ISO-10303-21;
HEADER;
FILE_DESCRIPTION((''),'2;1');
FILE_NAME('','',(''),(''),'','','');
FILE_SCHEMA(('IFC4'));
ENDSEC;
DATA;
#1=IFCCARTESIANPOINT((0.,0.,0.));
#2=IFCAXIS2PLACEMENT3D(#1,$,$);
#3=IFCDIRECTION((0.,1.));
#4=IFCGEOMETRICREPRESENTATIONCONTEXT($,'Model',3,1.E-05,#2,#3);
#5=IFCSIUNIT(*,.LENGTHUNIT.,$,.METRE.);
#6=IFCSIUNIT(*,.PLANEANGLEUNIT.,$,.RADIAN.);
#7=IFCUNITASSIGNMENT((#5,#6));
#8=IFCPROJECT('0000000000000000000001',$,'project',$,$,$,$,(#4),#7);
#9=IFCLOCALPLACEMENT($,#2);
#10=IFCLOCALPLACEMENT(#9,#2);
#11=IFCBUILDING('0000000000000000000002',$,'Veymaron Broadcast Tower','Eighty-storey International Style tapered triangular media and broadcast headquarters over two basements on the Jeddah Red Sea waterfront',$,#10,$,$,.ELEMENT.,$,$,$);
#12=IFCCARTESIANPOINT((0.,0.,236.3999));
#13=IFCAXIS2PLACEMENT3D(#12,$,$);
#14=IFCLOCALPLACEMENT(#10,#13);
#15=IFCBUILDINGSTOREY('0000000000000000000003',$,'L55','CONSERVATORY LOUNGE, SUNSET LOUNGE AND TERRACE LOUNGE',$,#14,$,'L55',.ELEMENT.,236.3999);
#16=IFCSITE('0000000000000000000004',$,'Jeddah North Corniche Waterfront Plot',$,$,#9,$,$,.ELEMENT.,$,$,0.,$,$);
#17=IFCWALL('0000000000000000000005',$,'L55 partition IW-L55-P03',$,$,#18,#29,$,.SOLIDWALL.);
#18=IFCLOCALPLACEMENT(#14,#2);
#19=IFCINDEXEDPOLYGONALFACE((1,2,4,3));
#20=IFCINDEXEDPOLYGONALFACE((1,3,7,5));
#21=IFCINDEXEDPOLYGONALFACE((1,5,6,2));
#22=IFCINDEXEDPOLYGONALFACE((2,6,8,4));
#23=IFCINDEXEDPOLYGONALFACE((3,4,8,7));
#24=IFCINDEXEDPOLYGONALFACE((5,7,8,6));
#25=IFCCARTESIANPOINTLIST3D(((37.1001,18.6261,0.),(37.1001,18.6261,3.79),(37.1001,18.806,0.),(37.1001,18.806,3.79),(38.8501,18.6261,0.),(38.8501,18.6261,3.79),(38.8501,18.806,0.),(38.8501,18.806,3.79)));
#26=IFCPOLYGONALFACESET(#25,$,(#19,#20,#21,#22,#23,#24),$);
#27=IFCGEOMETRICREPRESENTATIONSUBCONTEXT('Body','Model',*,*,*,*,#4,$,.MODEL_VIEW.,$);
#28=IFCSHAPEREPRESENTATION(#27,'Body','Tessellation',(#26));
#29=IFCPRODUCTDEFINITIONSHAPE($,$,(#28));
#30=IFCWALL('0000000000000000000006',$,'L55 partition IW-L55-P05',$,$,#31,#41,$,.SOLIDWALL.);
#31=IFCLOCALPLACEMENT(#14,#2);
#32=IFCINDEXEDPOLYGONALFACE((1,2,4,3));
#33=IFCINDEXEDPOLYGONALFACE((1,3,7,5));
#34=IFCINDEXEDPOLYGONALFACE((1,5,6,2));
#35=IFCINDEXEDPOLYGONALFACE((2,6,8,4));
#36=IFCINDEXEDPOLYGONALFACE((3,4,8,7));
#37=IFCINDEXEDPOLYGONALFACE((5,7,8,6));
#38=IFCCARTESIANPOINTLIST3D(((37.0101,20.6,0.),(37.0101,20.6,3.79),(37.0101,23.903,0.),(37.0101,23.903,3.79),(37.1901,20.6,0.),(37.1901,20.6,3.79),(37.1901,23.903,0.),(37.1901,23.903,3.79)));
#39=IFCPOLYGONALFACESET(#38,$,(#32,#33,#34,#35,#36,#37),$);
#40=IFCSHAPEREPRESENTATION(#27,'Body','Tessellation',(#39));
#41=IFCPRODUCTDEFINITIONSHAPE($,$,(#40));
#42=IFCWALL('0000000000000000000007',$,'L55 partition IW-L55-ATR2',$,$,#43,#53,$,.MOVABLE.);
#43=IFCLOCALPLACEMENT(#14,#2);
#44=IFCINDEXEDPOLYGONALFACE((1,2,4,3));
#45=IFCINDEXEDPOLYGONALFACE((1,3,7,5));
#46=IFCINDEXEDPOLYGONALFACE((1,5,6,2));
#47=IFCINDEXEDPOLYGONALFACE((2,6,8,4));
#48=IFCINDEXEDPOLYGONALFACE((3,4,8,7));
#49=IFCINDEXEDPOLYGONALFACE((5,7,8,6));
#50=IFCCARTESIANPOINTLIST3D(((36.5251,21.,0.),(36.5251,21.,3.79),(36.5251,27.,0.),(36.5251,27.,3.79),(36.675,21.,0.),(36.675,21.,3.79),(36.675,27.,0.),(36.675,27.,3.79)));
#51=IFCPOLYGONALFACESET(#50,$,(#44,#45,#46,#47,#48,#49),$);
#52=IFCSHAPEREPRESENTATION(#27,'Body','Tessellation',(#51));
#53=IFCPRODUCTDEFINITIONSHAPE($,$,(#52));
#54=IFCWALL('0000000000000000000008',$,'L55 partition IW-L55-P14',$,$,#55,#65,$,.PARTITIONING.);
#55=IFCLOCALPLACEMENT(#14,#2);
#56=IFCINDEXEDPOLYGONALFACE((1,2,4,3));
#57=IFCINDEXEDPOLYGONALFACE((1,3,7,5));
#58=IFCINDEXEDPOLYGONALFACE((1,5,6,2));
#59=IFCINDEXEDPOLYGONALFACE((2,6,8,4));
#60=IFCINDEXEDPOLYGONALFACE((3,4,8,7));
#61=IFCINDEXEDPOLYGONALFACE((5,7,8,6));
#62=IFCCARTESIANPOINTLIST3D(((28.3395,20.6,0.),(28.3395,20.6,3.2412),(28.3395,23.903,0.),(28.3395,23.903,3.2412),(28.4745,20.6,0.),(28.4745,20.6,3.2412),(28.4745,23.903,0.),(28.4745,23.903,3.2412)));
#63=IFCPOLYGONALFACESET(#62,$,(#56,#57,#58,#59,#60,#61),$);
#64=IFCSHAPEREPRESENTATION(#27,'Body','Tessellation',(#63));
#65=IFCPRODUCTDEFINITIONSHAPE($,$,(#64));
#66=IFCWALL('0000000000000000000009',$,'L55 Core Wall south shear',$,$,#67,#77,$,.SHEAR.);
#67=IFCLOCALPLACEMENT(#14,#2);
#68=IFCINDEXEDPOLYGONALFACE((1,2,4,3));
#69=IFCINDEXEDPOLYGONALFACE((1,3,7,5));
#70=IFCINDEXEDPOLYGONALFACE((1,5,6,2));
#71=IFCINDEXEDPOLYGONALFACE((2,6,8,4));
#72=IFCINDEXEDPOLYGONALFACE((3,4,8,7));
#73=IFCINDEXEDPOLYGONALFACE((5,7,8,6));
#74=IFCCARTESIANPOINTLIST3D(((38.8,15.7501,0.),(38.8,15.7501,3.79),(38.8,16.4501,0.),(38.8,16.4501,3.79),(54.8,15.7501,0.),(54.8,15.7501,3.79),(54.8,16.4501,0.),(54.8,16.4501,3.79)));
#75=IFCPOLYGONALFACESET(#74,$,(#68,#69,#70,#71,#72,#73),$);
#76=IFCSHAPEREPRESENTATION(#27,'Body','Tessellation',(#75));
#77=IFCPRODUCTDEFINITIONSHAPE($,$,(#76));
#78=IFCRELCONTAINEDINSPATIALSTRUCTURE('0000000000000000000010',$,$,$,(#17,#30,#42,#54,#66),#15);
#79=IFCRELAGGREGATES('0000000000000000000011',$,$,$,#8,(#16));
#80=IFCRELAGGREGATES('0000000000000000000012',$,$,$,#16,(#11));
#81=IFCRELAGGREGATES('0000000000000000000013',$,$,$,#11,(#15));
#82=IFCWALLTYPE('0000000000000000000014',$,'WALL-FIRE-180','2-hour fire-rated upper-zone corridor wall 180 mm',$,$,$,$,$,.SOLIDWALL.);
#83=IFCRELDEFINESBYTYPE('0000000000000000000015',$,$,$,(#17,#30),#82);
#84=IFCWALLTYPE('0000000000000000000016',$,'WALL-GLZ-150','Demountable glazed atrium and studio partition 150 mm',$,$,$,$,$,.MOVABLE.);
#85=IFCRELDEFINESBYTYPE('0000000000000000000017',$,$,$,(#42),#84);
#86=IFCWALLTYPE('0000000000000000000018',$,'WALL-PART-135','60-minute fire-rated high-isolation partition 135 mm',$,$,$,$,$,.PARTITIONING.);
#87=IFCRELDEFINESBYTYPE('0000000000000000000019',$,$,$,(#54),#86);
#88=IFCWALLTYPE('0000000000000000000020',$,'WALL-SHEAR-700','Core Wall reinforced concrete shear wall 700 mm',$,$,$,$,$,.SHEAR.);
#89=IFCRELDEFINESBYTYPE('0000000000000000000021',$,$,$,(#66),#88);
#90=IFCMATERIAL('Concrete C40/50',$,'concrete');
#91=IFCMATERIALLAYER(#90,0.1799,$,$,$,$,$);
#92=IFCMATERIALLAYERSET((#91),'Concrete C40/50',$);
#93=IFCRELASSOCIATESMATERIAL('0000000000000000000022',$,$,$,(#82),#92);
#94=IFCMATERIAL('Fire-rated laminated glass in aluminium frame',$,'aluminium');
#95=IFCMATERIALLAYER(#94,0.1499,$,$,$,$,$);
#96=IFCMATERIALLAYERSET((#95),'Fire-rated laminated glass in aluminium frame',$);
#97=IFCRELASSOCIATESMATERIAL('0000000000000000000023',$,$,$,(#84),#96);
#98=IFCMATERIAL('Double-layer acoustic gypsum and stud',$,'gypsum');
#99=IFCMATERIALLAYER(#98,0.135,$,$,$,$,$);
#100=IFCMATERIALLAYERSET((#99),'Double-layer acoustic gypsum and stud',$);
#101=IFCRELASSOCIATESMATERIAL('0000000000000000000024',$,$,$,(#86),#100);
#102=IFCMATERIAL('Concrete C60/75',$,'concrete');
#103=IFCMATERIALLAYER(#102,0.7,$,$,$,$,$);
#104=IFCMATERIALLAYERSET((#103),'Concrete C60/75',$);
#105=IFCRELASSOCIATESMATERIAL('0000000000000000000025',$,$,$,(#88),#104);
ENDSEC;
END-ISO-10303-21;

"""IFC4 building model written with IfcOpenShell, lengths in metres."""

from ifc_helpers import new_model, si_unit, direction, frame, frame_2d, origin, place, context, subcontext, project, spatial, rectangle, extrude, material, layer, layer_set, type_object, element, save


model = new_model("IFC4")

# Units and contexts
model_context = context("Model", 3, precision=1e-05, world=origin(), true_north=direction((0.0, 1.0)))
body_context = subcontext(model_context, "Body", "Model", "MODEL_VIEW")
ifc_project = project(units=[si_unit("LENGTHUNIT", "METRE"), si_unit("PLANEANGLEUNIT", "RADIAN")], contexts=[model_context])

# Site, building, storey
site_placement = place(None, origin())
site = spatial("IfcSite", under=ifc_project, at=site_placement, Name="Jeddah North Corniche Waterfront Plot", CompositionType="ELEMENT", RefElevation=0.0)
building_placement = place(site_placement, origin())
building = spatial("IfcBuilding", under=site, at=building_placement, Name="Veymaron Broadcast Tower", Description="Eighty-storey International Style tapered triangular media and broadcast headquarters over two basements on the Jeddah Red Sea waterfront", CompositionType="ELEMENT")
storey_placement = place(building_placement, frame((0.0, 0.0, 236.3999)))
storey = spatial("IfcBuildingStorey", under=building, at=storey_placement, Name="L55", Description="CONSERVATORY LOUNGE, SUNSET LOUNGE AND TERRACE LOUNGE", LongName="L55", CompositionType="ELEMENT", Elevation=236.3999)

# Shared definitions
ifc_material_1 = material(Name="Concrete C40/50", Category="concrete")
ifc_layer_1 = layer(ifc_material_1, 0.1799)
ifc_layer_set_1 = layer_set([ifc_layer_1], Name="Concrete C40/50")
wall_type_1 = type_object("IfcWallType", Name="WALL-FIRE-180", Description="2-hour fire-rated upper-zone corridor wall 180 mm", PredefinedType="SOLIDWALL", material=ifc_layer_set_1)

# Walls
wall_1_placement = place(storey_placement, frame((37.1001, 18.7161, 0.0), z_axis=(0.0, 0.0, 1.0), x_axis=(1.0, 0.0, 0.0)))
element("IfcWall", 1, at=wall_1_placement, inside=storey, type_object=wall_type_1, Name="L55 partition IW-L55-P03", PredefinedType="SOLIDWALL", context=body_context, shape_type="SweptSolid", body=[
    extrude(rectangle(XDim=1.75, YDim=0.1799, at=frame_2d((0.875, 0.0))), origin(), (0.0, 0.0, 1.0), 3.79),
])
wall_2_placement = place(storey_placement, frame((37.1001, 20.6001, 0.0), z_axis=(0.0, 0.0, 1.0), x_axis=(0.0, 1.0, 0.0)))
element("IfcWall", 2, at=wall_2_placement, inside=storey, type_object=wall_type_1, Name="L55 partition IW-L55-P05", PredefinedType="SOLIDWALL", context=body_context, shape_type="SweptSolid", body=[
    extrude(rectangle(XDim=3.303, YDim=0.1799, at=frame_2d((1.6514, 0.0))), origin(), (0.0, 0.0, 1.0), 3.79),
])
ifc_material_2 = material(Name="Fire-rated laminated glass in aluminium frame", Category="aluminium")
ifc_layer_2 = layer(ifc_material_2, 0.1499)
ifc_layer_set_2 = layer_set([ifc_layer_2], Name="Fire-rated laminated glass in aluminium frame")
wall_type_2 = type_object("IfcWallType", Name="WALL-GLZ-150", Description="Demountable glazed atrium and studio partition 150 mm", PredefinedType="MOVABLE", material=ifc_layer_set_2)
wall_3_placement = place(storey_placement, frame((36.6001, 21.0, 0.0), z_axis=(0.0, 0.0, 1.0), x_axis=(0.0, 1.0, 0.0)))
element("IfcWall", 3, at=wall_3_placement, inside=storey, type_object=wall_type_2, Name="L55 partition IW-L55-ATR2", PredefinedType="MOVABLE", context=body_context, shape_type="SweptSolid", body=[
    extrude(rectangle(XDim=6.0, YDim=0.1499, at=frame_2d((3.0, 0.0))), origin(), (0.0, 0.0, 1.0), 3.79),
])
ifc_material_3 = material(Name="Double-layer acoustic gypsum and stud", Category="gypsum")
ifc_layer_3 = layer(ifc_material_3, 0.135)
ifc_layer_set_3 = layer_set([ifc_layer_3], Name="Double-layer acoustic gypsum and stud")
wall_type_3 = type_object("IfcWallType", Name="WALL-PART-135", Description="60-minute fire-rated high-isolation partition 135 mm", PredefinedType="PARTITIONING", material=ifc_layer_set_3)
wall_4_placement = place(storey_placement, frame((28.407, 20.6001, 0.0), z_axis=(0.0, 0.0, 1.0), x_axis=(0.0, 1.0, 0.0)))
element("IfcWall", 4, at=wall_4_placement, inside=storey, type_object=wall_type_3, Name="L55 partition IW-L55-P14", PredefinedType="PARTITIONING", context=body_context, shape_type="SweptSolid", body=[
    extrude(rectangle(XDim=3.303, YDim=0.135, at=frame_2d((1.6514, 0.0))), origin(), (0.0, 0.0, 1.0), 3.2412),
])
ifc_material_4 = material(Name="Concrete C60/75", Category="concrete")
ifc_layer_4 = layer(ifc_material_4, 0.7)
ifc_layer_set_4 = layer_set([ifc_layer_4], Name="Concrete C60/75")
wall_type_4 = type_object("IfcWallType", Name="WALL-SHEAR-700", Description="Core Wall reinforced concrete shear wall 700 mm", PredefinedType="SHEAR", material=ifc_layer_set_4)
wall_5_placement = place(storey_placement, frame((38.8, 16.1001, 0.0), z_axis=(0.0, 0.0, 1.0), x_axis=(1.0, 0.0, 0.0)))
element("IfcWall", 5, at=wall_5_placement, inside=storey, type_object=wall_type_4, Name="L55 Core Wall south shear", PredefinedType="SHEAR", context=body_context, shape_type="SweptSolid", body=[
    extrude(rectangle(XDim=16.0, YDim=0.7, at=frame_2d((8.0, 0.0))), origin(), (0.0, 0.0, 1.0), 3.79),
])

save(model, "model.ifc")
